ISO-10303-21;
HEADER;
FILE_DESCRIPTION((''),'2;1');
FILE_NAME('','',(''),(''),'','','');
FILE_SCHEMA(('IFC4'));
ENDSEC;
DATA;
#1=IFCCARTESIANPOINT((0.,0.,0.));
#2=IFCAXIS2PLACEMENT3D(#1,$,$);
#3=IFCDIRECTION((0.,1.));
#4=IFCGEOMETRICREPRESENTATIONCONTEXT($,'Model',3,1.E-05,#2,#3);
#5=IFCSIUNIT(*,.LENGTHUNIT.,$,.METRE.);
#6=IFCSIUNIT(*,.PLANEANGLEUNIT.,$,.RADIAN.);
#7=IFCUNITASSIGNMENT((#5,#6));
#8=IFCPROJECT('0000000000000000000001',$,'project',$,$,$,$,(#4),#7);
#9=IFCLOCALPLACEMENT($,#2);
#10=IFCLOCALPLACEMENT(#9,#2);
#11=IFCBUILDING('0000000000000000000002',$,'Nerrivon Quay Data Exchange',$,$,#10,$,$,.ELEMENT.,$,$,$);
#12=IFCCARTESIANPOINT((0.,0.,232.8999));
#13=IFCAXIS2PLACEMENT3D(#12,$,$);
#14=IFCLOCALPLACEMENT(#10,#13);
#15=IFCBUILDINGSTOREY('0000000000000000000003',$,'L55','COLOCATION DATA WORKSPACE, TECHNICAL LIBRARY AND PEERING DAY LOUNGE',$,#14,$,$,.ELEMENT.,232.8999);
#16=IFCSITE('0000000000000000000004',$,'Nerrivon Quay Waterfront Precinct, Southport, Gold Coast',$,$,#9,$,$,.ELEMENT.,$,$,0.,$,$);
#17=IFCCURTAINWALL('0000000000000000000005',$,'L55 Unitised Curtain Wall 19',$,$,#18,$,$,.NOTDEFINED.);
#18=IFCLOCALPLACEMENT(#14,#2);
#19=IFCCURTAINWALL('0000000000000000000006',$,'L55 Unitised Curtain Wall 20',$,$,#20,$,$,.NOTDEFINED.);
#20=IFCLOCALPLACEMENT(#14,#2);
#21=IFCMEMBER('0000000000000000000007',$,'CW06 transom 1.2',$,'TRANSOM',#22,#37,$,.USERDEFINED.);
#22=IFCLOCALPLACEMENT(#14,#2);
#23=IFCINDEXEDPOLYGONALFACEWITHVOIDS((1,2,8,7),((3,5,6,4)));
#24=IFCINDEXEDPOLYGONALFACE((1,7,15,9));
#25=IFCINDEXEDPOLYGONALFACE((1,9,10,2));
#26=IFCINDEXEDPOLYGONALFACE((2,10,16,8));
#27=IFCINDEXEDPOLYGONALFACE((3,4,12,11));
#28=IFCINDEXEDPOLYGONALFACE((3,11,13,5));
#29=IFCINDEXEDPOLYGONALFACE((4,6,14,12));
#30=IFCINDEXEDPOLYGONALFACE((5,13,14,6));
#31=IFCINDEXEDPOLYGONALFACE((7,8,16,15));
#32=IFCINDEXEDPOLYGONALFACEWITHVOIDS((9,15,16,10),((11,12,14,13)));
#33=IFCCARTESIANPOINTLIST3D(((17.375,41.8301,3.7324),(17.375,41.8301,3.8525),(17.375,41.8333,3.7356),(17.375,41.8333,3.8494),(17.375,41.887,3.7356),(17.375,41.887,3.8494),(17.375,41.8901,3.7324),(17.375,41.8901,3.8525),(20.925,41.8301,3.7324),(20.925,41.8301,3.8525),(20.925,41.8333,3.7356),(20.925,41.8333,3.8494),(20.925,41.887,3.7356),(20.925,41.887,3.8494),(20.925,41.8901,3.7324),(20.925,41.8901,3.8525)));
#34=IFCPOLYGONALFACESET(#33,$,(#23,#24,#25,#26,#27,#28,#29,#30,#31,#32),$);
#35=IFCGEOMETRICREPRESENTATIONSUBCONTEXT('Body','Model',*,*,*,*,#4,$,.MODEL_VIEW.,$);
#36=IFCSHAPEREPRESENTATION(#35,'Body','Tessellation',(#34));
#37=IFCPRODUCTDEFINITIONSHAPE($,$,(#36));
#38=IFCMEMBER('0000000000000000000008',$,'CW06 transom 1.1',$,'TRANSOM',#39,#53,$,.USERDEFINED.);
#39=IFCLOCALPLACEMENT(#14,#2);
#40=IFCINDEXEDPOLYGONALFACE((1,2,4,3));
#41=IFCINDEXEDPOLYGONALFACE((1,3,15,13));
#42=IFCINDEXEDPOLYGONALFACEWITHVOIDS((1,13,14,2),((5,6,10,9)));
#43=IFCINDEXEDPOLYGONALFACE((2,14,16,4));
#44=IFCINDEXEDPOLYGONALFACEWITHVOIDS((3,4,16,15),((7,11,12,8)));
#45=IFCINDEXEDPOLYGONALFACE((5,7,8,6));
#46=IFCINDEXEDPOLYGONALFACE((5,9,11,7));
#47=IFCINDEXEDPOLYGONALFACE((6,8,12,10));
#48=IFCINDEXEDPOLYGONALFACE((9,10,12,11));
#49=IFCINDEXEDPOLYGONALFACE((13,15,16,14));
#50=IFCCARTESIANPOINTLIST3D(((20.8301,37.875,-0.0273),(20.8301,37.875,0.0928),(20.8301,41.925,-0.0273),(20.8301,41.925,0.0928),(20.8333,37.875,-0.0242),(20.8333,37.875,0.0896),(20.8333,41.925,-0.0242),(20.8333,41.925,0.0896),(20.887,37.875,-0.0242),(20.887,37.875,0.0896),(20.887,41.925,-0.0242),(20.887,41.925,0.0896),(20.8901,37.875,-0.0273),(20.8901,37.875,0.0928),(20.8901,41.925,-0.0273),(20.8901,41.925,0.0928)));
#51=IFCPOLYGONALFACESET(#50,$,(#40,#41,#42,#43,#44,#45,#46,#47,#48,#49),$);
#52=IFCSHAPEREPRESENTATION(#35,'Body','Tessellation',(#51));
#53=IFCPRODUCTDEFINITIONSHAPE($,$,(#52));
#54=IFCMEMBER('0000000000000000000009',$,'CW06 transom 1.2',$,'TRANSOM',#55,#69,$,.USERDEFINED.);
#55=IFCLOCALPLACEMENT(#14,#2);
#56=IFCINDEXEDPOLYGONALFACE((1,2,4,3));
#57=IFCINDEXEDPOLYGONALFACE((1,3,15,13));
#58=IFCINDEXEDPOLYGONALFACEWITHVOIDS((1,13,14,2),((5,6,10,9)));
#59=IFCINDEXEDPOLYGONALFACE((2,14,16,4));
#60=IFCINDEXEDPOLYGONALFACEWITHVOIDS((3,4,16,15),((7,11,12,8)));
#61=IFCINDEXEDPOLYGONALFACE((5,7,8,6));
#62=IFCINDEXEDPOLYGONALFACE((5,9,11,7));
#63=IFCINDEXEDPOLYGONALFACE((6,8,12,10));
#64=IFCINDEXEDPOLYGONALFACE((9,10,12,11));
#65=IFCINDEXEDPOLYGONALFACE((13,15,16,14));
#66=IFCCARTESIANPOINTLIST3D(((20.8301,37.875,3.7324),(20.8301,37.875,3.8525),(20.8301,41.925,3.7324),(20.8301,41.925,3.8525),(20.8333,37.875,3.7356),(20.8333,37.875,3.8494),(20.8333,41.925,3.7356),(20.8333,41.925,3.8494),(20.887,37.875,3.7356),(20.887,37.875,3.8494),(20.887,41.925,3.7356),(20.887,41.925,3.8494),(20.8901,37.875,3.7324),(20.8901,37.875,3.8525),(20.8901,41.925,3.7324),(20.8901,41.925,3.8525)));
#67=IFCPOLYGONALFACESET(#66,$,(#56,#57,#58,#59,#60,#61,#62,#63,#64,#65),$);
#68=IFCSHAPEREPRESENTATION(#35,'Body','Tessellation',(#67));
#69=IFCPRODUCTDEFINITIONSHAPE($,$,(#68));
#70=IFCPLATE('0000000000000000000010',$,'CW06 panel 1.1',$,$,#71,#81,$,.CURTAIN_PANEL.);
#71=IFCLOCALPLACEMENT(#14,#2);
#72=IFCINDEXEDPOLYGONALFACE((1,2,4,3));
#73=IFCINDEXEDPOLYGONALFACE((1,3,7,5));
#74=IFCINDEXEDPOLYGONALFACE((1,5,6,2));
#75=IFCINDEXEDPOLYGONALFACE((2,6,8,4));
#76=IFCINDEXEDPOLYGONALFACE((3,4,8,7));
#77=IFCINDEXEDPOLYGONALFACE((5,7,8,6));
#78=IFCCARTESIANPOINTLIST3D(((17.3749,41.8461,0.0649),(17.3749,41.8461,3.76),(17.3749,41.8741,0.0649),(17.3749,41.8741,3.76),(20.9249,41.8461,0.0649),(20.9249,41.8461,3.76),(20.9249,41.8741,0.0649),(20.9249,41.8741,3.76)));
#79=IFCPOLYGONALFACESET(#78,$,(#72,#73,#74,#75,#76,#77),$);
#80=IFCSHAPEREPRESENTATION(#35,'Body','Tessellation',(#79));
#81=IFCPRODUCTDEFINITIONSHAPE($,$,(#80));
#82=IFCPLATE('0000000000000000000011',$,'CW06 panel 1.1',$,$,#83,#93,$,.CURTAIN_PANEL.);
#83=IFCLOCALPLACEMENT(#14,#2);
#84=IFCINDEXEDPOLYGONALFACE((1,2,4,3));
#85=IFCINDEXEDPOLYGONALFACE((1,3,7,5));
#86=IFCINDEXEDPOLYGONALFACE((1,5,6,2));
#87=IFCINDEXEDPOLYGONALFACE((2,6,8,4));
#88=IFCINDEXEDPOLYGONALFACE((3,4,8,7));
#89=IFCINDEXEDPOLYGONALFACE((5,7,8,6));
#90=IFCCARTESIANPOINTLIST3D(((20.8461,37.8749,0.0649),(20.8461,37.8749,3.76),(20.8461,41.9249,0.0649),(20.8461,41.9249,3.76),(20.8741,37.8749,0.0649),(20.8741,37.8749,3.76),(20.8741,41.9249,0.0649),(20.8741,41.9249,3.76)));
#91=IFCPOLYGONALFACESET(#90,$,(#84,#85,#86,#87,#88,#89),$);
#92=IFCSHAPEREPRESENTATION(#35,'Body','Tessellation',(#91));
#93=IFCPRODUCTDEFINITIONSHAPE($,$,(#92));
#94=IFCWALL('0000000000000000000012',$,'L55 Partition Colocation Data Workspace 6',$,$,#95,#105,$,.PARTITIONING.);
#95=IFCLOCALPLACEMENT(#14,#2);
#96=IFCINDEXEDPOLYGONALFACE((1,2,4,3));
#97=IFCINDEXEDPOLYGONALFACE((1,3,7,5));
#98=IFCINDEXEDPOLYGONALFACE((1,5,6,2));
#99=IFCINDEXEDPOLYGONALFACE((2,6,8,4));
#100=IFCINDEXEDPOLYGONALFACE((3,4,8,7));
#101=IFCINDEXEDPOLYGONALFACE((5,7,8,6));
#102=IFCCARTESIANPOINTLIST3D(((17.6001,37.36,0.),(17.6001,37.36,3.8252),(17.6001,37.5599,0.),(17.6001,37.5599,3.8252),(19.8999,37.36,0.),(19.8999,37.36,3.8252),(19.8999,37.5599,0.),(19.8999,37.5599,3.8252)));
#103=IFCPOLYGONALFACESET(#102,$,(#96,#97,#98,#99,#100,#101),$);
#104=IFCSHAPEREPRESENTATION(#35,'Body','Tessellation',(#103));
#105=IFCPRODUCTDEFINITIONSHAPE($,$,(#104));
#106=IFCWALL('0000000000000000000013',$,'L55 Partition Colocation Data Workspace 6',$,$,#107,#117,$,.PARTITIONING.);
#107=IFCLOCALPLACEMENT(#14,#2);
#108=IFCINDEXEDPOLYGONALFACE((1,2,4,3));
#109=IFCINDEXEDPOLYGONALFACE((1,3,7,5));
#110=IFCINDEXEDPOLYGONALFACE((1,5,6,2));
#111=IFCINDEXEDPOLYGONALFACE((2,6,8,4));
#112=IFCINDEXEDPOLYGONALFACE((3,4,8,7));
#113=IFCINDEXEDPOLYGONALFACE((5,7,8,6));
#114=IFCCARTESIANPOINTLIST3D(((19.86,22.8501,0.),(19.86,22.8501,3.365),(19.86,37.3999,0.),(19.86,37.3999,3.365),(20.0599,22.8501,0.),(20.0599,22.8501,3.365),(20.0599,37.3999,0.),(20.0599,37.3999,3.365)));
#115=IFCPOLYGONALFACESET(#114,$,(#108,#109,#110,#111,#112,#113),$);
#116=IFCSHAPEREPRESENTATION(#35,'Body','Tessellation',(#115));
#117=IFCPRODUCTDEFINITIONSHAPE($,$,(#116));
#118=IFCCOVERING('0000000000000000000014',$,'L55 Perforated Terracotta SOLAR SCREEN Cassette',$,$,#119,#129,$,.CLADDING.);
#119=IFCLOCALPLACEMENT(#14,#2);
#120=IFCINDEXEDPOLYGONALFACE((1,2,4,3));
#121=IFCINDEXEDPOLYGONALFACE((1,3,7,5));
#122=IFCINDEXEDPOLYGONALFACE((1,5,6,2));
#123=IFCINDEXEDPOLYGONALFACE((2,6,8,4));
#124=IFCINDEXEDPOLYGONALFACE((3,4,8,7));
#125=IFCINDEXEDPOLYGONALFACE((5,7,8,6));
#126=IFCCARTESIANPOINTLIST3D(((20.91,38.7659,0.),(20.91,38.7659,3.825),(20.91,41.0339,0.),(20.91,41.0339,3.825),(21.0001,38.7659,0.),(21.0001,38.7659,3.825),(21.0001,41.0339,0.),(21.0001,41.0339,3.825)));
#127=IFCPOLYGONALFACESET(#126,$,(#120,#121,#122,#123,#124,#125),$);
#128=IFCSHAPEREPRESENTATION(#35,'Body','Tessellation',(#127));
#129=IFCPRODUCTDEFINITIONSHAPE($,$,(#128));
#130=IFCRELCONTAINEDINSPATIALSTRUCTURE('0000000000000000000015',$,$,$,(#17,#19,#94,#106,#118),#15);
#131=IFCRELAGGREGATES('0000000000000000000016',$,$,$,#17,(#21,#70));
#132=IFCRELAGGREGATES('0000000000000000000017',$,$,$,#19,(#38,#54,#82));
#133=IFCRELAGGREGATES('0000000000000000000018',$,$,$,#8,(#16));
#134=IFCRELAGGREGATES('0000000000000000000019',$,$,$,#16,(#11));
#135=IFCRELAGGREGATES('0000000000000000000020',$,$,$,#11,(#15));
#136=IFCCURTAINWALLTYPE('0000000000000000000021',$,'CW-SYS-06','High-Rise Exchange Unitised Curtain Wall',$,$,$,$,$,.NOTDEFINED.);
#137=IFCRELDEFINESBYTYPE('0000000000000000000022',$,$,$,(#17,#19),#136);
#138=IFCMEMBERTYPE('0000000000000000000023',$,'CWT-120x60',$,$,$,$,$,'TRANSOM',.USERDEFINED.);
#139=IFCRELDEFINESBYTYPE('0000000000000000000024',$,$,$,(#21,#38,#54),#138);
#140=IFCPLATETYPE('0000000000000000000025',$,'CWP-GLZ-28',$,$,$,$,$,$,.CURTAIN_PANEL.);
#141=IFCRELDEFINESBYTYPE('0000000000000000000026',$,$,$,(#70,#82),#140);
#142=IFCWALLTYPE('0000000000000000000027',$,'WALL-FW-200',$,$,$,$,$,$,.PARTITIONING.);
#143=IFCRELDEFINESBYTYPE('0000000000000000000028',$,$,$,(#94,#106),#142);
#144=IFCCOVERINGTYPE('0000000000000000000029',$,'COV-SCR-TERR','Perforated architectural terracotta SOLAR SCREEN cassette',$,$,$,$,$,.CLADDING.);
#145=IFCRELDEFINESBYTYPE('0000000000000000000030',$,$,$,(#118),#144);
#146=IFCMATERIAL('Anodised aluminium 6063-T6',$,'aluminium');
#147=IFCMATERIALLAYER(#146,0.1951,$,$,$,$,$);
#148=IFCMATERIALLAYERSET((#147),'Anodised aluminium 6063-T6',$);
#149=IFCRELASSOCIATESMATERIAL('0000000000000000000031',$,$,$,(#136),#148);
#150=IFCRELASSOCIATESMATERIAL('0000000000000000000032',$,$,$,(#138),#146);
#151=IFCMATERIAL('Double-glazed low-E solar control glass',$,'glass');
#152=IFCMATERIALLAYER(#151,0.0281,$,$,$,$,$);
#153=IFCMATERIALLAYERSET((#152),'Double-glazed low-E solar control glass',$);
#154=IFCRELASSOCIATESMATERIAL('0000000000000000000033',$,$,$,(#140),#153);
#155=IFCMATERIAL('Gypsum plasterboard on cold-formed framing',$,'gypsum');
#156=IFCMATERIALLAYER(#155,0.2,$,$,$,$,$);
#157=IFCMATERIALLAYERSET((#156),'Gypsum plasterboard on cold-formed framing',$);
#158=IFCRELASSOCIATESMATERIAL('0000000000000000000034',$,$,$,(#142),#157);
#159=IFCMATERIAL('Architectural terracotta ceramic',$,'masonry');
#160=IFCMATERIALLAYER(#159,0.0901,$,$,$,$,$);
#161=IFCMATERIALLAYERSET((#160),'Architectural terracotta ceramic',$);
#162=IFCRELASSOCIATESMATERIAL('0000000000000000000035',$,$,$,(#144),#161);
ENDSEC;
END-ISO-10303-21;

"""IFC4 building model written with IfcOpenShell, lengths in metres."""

from ifc_helpers import new_model, si_unit, direction, frame, frame_2d, origin, origin_2d, place, context, subcontext, project, spatial, rectangle, hollow_rectangle, extrude, material, layer, layer_set, material_profile, profile_set, type_object, element, aggregate, save


model = new_model("IFC4")

# Units and contexts
model_context = context("Model", 3, precision=1e-05, world=origin(), true_north=direction((0.0, 1.0)))
body_context = subcontext(model_context, "Body", "Model", "MODEL_VIEW")
ifc_project = project(units=[si_unit("LENGTHUNIT", "METRE"), si_unit("PLANEANGLEUNIT", "RADIAN")], contexts=[model_context])

# Site, building, storey
site_placement = place(None, origin())
site = spatial("IfcSite", under=ifc_project, at=site_placement, Name="Nerrivon Quay Waterfront Precinct, Southport, Gold Coast", CompositionType="ELEMENT", RefElevation=0.0)
building_placement = place(site_placement, origin())
building = spatial("IfcBuilding", under=site, at=building_placement, Name="Nerrivon Quay Data Exchange", CompositionType="ELEMENT")
storey_placement = place(building_placement, frame((0.0, 0.0, 232.8999)))
storey = spatial("IfcBuildingStorey", under=building, at=storey_placement, Name="L55", Description="COLOCATION DATA WORKSPACE, TECHNICAL LIBRARY AND PEERING DAY LOUNGE", CompositionType="ELEMENT", Elevation=232.8999)

# Curtain walls
ifc_material_1 = material(Name="Anodised aluminium 6063-T6", Category="aluminium")
ifc_layer_1 = layer(ifc_material_1, 0.1951)
ifc_layer_set_1 = layer_set([ifc_layer_1], Name="Anodised aluminium 6063-T6")
curtain_wall_type = type_object("IfcCurtainWallType", Name="CW-SYS-06", Description="High-Rise Exchange Unitised Curtain Wall", PredefinedType="NOTDEFINED", material=ifc_layer_set_1)
curtain_wall_1_placement = place(storey_placement, origin())
curtain_wall_1 = element("IfcCurtainWall", 1, at=curtain_wall_1_placement, inside=storey, type_object=curtain_wall_type, Name="L55 Unitised Curtain Wall 19", PredefinedType="NOTDEFINED")
curtain_wall_2_placement = place(storey_placement, origin())
curtain_wall_2 = element("IfcCurtainWall", 2, at=curtain_wall_2_placement, inside=storey, type_object=curtain_wall_type, Name="L55 Unitised Curtain Wall 20", PredefinedType="NOTDEFINED")

# Members
ifc_material_profile_1 = material_profile(ifc_material_1, hollow_rectangle(XDim=0.0601, YDim=0.1201, WallThickness=0.0032, at=origin_2d()), Name="ALU-TRAN-120x60")
ifc_profile_set_1 = profile_set([ifc_material_profile_1], Name="Anodised aluminium 6063-T6")
member_type_1 = type_object("IfcMemberType", Name="CWT-120x60", ElementType="TRANSOM", PredefinedType="USERDEFINED", material=ifc_profile_set_1)
member_1_placement = place(storey_placement, frame((17.375, 41.8601, 3.7925), z_axis=(1.0, 0.0, 0.0), x_axis=(0.0, 1.0, 0.0)))
member_1 = element("IfcMember", 3, at=member_1_placement, type_object=member_type_1, Name="CW06 transom 1.2", ObjectType="TRANSOM", PredefinedType="USERDEFINED", context=body_context, shape_type="SweptSolid", body=[
    extrude(hollow_rectangle(XDim=0.0601, YDim=0.1201, WallThickness=0.0032, at=origin_2d()), origin(), (0.0, 0.0, 1.0), 3.55),
])
member_2_placement = place(storey_placement, frame((20.8601, 41.925, 0.0327), z_axis=(0.0, -1.0, 0.0), x_axis=(1.0, 0.0, 0.0)))
member_2 = element("IfcMember", 4, at=member_2_placement, type_object=member_type_1, Name="CW06 transom 1.1", ObjectType="TRANSOM", PredefinedType="USERDEFINED", context=body_context, shape_type="SweptSolid", body=[
    extrude(hollow_rectangle(XDim=0.0601, YDim=0.1201, WallThickness=0.0032, at=origin_2d()), origin(), (0.0, 0.0, 1.0), 4.05),
])
member_3_placement = place(storey_placement, frame((20.8601, 41.925, 3.7925), z_axis=(0.0, -1.0, 0.0), x_axis=(1.0, 0.0, 0.0)))
member_3 = element("IfcMember", 5, at=member_3_placement, type_object=member_type_1, Name="CW06 transom 1.2", ObjectType="TRANSOM", PredefinedType="USERDEFINED", context=body_context, shape_type="SweptSolid", body=[
    extrude(hollow_rectangle(XDim=0.0601, YDim=0.1201, WallThickness=0.0032, at=origin_2d()), origin(), (0.0, 0.0, 1.0), 4.05),
])

# Plates
ifc_material_2 = material(Name="Double-glazed low-E solar control glass", Category="glass")
ifc_layer_2 = layer(ifc_material_2, 0.0281)
ifc_layer_set_2 = layer_set([ifc_layer_2], Name="Double-glazed low-E solar control glass")
plate_type = type_object("IfcPlateType", Name="CWP-GLZ-28", PredefinedType="CURTAIN_PANEL", material=ifc_layer_set_2)
plate_1_placement = place(storey_placement, frame((19.1499, 41.8601, 0.0649), z_axis=(0.0, 0.0, 1.0), x_axis=(1.0, 0.0, 0.0)))
plate_1 = element("IfcPlate", 6, at=plate_1_placement, type_object=plate_type, Name="CW06 panel 1.1", PredefinedType="CURTAIN_PANEL", context=body_context, shape_type="SweptSolid", body=[
    extrude(rectangle(XDim=3.55, YDim=0.0281, at=origin_2d()), origin(), (0.0, 0.0, 1.0), 3.6951),
])
aggregate(curtain_wall_1, [member_1, plate_1])
plate_2_placement = place(storey_placement, frame((20.8601, 39.8999, 0.0649), z_axis=(0.0, 0.0, 1.0), x_axis=(0.0, -1.0, 0.0)))
plate_2 = element("IfcPlate", 7, at=plate_2_placement, type_object=plate_type, Name="CW06 panel 1.1", PredefinedType="CURTAIN_PANEL", context=body_context, shape_type="SweptSolid", body=[
    extrude(rectangle(XDim=4.05, YDim=0.0281, at=origin_2d()), origin(), (0.0, 0.0, 1.0), 3.6951),
])
aggregate(curtain_wall_2, [member_2, member_3, plate_2])

# Walls
ifc_material_3 = material(Name="Gypsum plasterboard on cold-formed framing", Category="gypsum")
ifc_layer_3 = layer(ifc_material_3, 0.2)
ifc_layer_set_3 = layer_set([ifc_layer_3], Name="Gypsum plasterboard on cold-formed framing")
wall_type_1 = type_object("IfcWallType", Name="WALL-FW-200", PredefinedType="PARTITIONING", material=ifc_layer_set_3)
wall_1_placement = place(storey_placement, frame((17.6001, 37.46, 0.0), z_axis=(0.0, 0.0, 1.0), x_axis=(1.0, 0.0, 0.0)))
element("IfcWall", 8, at=wall_1_placement, inside=storey, type_object=wall_type_1, Name="L55 Partition Colocation Data Workspace 6", PredefinedType="PARTITIONING", context=body_context, shape_type="SweptSolid", body=[
    extrude(rectangle(XDim=2.2998, YDim=0.2, at=frame_2d((1.1499, 0.0))), origin(), (0.0, 0.0, 1.0), 3.8252),
])
wall_2_placement = place(storey_placement, frame((19.96, 37.3999, 0.0), z_axis=(0.0, 0.0, 1.0), x_axis=(0.0, -1.0, 0.0)))
element("IfcWall", 9, at=wall_2_placement, inside=storey, type_object=wall_type_1, Name="L55 Partition Colocation Data Workspace 6", PredefinedType="PARTITIONING", context=body_context, shape_type="SweptSolid", body=[
    extrude(rectangle(XDim=14.5498, YDim=0.2, at=frame_2d((7.2749, 0.0))), origin(), (0.0, 0.0, 1.0), 3.365),
])

# Covering
ifc_material_4 = material(Name="Architectural terracotta ceramic", Category="masonry")
ifc_layer_4 = layer(ifc_material_4, 0.0901)
ifc_layer_set_4 = layer_set([ifc_layer_4], Name="Architectural terracotta ceramic")
covering_type = type_object("IfcCoveringType", Name="COV-SCR-TERR", Description="Perforated architectural terracotta SOLAR SCREEN cassette", PredefinedType="CLADDING", material=ifc_layer_set_4)
covering_placement = place(storey_placement, frame((20.9551, 39.8999, 0.0), z_axis=(0.0, 0.0, 1.0), x_axis=(0.0, -1.0, 0.0)))
element("IfcCovering", 10, at=covering_placement, inside=storey, type_object=covering_type, Name="L55 Perforated Terracotta SOLAR SCREEN Cassette", PredefinedType="CLADDING", context=body_context, shape_type="SweptSolid", body=[
    extrude(rectangle(XDim=2.2681, YDim=0.0901, at=origin_2d()), origin(), (0.0, 0.0, 1.0), 3.825),
])

save(model, "model.ifc")
